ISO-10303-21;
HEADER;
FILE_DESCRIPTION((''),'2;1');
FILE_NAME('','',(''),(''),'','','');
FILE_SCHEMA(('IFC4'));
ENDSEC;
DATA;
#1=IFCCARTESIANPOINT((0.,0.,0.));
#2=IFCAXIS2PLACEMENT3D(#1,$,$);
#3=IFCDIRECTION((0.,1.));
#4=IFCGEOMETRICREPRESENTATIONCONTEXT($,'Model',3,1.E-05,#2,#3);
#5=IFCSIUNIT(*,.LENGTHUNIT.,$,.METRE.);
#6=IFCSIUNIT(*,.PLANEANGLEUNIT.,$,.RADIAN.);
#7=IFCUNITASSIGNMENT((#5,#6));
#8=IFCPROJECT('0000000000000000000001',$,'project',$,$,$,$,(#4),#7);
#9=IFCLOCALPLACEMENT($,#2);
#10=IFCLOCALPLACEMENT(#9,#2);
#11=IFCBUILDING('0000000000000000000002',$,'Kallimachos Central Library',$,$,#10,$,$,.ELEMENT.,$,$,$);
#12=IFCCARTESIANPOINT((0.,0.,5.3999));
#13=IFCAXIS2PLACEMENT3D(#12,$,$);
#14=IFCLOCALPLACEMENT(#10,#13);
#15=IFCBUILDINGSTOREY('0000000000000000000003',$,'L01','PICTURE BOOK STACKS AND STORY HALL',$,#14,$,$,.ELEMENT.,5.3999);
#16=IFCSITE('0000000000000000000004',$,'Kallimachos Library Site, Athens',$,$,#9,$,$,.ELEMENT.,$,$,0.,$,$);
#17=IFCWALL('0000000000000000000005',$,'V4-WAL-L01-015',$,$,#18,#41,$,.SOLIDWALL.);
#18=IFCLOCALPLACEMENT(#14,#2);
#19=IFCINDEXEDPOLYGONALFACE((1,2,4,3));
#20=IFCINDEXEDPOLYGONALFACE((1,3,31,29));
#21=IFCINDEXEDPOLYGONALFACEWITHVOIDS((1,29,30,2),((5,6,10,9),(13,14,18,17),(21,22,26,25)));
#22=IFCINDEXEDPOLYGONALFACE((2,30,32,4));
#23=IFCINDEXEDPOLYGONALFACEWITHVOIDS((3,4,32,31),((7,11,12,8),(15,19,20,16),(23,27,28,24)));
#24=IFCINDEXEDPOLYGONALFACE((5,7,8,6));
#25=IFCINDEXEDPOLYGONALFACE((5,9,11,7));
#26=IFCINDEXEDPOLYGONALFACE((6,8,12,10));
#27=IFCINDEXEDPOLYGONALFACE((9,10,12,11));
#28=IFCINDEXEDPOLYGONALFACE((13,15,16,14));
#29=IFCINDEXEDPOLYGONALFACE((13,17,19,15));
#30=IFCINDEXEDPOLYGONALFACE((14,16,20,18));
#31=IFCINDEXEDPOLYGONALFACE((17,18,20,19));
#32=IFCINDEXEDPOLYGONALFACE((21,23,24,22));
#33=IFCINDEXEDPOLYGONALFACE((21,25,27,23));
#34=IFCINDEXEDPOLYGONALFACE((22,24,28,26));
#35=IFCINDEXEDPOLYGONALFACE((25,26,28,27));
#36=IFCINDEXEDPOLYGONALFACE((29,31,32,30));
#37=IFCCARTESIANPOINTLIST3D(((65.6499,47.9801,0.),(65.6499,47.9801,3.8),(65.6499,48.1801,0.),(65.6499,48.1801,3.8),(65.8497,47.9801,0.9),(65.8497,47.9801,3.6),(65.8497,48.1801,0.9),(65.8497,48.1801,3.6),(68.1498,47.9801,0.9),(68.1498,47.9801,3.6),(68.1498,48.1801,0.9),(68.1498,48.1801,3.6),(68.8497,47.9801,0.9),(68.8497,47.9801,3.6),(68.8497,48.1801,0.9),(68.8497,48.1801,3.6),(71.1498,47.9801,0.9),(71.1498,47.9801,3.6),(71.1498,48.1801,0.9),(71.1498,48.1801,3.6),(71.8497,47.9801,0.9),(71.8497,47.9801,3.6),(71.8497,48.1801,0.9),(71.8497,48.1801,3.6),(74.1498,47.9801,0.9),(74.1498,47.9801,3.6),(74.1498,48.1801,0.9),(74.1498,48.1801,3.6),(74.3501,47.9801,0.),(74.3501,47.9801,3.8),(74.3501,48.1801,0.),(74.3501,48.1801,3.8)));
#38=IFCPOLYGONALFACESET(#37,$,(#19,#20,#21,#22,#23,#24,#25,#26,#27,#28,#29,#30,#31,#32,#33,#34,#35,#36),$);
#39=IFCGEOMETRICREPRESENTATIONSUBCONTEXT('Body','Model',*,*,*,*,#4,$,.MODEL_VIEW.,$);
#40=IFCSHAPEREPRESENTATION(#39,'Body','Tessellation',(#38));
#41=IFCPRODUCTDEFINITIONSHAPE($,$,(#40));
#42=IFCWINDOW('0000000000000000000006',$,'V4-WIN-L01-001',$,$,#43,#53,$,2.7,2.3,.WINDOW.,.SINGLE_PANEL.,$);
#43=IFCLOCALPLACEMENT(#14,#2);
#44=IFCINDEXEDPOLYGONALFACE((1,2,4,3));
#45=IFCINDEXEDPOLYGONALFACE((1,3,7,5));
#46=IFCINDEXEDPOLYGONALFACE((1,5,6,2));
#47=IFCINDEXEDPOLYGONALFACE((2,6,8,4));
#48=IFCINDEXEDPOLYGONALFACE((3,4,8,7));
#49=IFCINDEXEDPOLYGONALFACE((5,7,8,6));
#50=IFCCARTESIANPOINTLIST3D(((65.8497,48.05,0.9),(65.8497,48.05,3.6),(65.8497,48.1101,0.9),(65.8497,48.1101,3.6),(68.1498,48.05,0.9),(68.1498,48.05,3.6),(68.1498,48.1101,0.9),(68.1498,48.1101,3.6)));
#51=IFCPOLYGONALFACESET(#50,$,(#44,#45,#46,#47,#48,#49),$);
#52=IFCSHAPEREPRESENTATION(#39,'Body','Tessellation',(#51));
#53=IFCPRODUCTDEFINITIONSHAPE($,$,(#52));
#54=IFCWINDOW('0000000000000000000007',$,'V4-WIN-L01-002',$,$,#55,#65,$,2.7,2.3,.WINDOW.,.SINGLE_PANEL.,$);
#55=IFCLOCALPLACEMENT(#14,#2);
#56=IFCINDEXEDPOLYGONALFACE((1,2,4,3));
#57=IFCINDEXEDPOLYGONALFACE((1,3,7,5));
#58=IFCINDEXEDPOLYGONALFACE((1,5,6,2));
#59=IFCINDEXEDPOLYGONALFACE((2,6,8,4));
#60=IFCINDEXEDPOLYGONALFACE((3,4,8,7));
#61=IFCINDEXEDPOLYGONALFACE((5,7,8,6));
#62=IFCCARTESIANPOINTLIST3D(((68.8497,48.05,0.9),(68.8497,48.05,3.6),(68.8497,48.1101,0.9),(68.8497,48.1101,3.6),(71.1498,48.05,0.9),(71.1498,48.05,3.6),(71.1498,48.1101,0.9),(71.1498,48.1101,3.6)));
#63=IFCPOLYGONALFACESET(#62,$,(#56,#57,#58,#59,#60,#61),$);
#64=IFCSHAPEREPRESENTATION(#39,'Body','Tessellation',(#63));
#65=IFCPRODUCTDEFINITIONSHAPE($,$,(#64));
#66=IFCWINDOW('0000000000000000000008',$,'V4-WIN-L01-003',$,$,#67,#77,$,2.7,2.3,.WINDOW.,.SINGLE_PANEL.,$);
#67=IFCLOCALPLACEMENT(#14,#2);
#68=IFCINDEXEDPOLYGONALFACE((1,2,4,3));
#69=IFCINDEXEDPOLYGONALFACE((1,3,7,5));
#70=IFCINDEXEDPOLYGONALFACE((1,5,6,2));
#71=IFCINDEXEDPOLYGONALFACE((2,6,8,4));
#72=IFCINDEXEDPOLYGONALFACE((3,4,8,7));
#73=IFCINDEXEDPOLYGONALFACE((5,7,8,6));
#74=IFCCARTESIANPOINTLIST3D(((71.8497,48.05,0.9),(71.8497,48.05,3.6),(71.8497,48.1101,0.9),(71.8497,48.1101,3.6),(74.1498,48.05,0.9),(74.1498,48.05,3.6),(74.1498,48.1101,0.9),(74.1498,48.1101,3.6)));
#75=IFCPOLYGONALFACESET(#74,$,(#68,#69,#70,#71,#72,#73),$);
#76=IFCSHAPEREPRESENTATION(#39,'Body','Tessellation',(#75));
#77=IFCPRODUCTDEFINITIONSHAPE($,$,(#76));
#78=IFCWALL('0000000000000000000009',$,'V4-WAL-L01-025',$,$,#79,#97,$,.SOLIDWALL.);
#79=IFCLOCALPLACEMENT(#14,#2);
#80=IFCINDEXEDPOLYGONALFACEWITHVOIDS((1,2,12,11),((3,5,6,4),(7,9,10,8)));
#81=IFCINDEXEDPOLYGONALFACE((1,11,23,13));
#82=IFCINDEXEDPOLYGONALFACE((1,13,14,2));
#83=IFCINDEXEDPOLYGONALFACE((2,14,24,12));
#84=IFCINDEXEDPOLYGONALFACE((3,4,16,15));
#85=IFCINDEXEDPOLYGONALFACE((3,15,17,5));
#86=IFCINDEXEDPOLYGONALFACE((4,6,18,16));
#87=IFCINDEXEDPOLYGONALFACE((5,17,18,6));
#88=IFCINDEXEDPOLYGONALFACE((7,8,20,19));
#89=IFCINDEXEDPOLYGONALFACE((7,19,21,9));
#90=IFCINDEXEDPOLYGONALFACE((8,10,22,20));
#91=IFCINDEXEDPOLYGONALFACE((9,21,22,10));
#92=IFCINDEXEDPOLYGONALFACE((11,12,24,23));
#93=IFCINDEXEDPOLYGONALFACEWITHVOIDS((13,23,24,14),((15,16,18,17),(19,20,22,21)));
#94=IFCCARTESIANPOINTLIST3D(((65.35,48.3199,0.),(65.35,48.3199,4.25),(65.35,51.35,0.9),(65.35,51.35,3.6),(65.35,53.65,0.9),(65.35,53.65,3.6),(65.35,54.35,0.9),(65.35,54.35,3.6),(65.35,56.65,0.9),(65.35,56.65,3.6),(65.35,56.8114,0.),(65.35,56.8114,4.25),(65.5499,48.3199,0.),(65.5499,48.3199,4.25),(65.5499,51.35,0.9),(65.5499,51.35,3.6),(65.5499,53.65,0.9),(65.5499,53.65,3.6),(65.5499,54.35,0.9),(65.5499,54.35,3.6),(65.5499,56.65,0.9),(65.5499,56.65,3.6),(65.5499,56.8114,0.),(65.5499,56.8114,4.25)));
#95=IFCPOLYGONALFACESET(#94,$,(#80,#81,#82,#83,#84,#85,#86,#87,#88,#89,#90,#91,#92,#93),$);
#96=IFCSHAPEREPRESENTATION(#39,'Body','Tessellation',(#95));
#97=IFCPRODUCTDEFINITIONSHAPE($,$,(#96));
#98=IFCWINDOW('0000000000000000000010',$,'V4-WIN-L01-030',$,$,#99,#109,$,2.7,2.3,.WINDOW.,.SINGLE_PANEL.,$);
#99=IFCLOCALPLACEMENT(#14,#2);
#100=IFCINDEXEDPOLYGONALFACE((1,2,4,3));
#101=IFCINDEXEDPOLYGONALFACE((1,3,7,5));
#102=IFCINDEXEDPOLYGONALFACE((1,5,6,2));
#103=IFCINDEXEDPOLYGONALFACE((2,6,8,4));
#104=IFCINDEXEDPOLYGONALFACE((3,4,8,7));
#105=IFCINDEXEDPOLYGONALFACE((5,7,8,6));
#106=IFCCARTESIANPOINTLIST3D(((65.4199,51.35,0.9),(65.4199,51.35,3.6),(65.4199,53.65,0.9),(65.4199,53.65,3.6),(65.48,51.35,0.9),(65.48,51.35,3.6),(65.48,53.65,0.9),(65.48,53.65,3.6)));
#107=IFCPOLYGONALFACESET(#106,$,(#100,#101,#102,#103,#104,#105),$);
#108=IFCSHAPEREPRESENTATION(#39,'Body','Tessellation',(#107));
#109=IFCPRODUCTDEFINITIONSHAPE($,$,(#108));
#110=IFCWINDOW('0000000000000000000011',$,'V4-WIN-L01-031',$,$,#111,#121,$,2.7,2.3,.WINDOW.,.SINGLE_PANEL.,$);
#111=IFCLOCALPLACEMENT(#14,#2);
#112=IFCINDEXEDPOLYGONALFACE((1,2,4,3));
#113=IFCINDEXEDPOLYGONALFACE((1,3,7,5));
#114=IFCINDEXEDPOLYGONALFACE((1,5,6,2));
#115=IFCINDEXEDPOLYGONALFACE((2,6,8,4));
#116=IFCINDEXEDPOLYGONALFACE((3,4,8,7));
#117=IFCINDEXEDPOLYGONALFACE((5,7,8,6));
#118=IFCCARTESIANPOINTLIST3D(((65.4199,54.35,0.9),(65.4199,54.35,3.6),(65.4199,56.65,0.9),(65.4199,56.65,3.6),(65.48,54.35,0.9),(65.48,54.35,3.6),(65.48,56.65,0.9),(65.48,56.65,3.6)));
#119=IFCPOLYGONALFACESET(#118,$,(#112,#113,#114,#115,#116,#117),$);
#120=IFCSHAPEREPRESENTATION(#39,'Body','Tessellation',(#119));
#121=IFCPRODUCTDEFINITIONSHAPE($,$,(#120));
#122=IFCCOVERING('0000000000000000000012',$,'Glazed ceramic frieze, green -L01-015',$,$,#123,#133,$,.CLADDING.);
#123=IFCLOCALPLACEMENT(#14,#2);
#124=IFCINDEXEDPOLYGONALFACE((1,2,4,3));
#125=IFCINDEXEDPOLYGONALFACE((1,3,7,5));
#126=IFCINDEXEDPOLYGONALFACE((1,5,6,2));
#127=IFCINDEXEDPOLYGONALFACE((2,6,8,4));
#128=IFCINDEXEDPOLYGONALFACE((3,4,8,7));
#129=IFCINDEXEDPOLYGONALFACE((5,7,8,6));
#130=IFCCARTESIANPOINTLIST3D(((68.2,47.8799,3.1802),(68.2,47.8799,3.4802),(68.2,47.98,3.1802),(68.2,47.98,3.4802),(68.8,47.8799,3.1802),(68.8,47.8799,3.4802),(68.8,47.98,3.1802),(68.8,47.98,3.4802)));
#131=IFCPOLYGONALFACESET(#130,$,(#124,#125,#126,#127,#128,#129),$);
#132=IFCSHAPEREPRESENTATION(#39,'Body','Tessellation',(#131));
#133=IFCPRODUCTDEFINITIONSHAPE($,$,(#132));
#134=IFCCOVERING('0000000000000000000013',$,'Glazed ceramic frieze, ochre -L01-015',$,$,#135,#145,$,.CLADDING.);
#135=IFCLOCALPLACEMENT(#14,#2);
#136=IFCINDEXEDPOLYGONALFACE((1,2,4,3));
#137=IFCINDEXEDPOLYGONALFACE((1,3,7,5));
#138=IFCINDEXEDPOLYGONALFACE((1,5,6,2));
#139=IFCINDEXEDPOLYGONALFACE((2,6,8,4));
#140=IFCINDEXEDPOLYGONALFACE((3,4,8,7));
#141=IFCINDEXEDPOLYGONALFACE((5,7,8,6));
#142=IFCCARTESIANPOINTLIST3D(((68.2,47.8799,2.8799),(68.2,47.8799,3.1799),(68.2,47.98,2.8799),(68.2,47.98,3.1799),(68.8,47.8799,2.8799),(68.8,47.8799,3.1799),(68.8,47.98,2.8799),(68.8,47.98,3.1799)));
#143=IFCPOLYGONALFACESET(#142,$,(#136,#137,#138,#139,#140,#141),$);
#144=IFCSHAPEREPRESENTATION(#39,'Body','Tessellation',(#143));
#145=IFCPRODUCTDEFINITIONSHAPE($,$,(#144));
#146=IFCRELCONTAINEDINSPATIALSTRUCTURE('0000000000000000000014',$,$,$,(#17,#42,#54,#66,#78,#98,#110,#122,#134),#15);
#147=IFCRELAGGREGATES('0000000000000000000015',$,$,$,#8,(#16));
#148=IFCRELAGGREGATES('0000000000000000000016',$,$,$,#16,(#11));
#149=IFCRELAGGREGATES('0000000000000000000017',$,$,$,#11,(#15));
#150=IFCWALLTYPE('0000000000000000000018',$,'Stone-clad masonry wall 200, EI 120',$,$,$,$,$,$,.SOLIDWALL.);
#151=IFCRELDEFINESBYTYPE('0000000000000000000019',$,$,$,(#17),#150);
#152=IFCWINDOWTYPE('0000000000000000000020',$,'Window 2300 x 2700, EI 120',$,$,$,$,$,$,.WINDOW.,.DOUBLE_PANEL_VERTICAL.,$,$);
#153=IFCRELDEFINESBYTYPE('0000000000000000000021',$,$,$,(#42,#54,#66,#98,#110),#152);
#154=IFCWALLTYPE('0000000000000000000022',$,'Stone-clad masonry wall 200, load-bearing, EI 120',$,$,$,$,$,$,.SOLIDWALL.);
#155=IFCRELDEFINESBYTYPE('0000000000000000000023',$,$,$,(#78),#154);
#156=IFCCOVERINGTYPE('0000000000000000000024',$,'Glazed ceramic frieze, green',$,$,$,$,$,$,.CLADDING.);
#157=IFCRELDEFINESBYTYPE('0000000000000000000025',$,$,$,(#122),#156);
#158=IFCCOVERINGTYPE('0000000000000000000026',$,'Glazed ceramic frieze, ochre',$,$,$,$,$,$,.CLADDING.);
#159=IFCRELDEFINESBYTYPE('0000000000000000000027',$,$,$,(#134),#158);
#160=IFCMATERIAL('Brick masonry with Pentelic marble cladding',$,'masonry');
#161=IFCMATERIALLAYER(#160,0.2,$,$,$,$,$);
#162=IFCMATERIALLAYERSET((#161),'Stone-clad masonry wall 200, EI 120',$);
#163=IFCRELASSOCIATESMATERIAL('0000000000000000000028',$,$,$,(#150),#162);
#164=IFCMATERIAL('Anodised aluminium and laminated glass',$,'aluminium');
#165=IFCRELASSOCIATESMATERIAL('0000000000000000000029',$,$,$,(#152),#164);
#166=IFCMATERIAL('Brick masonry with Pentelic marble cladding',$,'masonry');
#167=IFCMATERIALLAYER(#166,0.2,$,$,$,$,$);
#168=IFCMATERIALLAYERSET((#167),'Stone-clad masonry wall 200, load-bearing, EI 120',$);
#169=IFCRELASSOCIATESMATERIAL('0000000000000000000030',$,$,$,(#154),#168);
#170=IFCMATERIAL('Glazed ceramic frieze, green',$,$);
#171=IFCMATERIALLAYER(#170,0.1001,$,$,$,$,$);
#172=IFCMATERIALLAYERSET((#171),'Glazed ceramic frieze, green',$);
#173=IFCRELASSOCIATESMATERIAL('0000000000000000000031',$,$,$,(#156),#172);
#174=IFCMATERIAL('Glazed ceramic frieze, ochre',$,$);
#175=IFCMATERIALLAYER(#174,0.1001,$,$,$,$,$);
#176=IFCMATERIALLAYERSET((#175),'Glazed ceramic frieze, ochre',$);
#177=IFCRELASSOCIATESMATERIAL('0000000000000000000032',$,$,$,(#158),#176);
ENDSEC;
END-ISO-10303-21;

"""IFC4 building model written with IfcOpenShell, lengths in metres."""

from ifc_helpers import new_model, si_unit, direction, frame, frame_2d, origin, origin_2d, place, context, subcontext, project, spatial, rectangle, extrude, material, layer, layer_set, type_object, element, fill, save


model = new_model("IFC4")

# Units and contexts
model_context = context("Model", 3, precision=1e-05, world=origin(), true_north=direction((0.0, 1.0)))
body_context = subcontext(model_context, "Body", "Model", "MODEL_VIEW")
ifc_project = project(units=[si_unit("LENGTHUNIT", "METRE"), si_unit("PLANEANGLEUNIT", "RADIAN")], contexts=[model_context])

# Site, building, storey
site_placement = place(None, origin())
site = spatial("IfcSite", under=ifc_project, at=site_placement, Name="Kallimachos Library Site, Athens", CompositionType="ELEMENT", RefElevation=0.0)
building_placement = place(site_placement, origin())
building = spatial("IfcBuilding", under=site, at=building_placement, Name="Kallimachos Central Library", CompositionType="ELEMENT")
storey_placement = place(building_placement, frame((0.0, 0.0, 5.3999)))
storey = spatial("IfcBuildingStorey", under=building, at=storey_placement, Name="L01", Description="PICTURE BOOK STACKS AND STORY HALL", CompositionType="ELEMENT", Elevation=5.3999)

# Walls, openings, windows
ifc_material_1 = material(Name="Brick masonry with Pentelic marble cladding", Category="masonry")
ifc_layer_1 = layer(ifc_material_1, 0.2)
ifc_layer_set_1 = layer_set([ifc_layer_1], Name="Stone-clad masonry wall 200, EI 120")
wall_type_1 = type_object("IfcWallType", Name="Stone-clad masonry wall 200, EI 120", PredefinedType="SOLIDWALL", material=ifc_layer_set_1)
wall_1_placement = place(storey_placement, frame((65.6499, 48.0801, 0.0), z_axis=(0.0, 0.0, 1.0), x_axis=(1.0, 0.0, 0.0)))
wall_1 = element("IfcWall", 1, at=wall_1_placement, inside=storey, type_object=wall_type_1, Name="V4-WAL-L01-015", PredefinedType="SOLIDWALL", context=body_context, shape_type="SweptSolid", body=[
    extrude(rectangle(XDim=8.7002, YDim=0.2, at=frame_2d((4.3501, 0.0))), origin(), (0.0, 0.0, 1.0), 3.8),
])
opening_1_placement = place(wall_1_placement, frame((0.2, 0.0, 0.8999)))
opening_1 = element("IfcOpeningElement", 2, at=opening_1_placement, cuts=wall_1, PredefinedType="OPENING", context=body_context, shape_type="SweptSolid", body=[
    extrude(rectangle(XDim=2.3, YDim=2.7, at=frame_2d((1.1499, 1.3501))), frame((0.0, 0.1099, 0.0), z_axis=(0.0, -1.0, 0.0), x_axis=(1.0, 0.0, 0.0)), (0.0, 0.0, 1.0), 0.22),
])
opening_2_placement = place(wall_1_placement, frame((3.2, 0.0, 0.8999)))
opening_2 = element("IfcOpeningElement", 3, at=opening_2_placement, cuts=wall_1, PredefinedType="OPENING", context=body_context, shape_type="SweptSolid", body=[
    extrude(rectangle(XDim=2.3, YDim=2.7, at=frame_2d((1.1499, 1.3501))), frame((0.0, 0.1099, 0.0), z_axis=(0.0, -1.0, 0.0), x_axis=(1.0, 0.0, 0.0)), (0.0, 0.0, 1.0), 0.22),
])
opening_3_placement = place(wall_1_placement, frame((6.2, 0.0, 0.8999)))
opening_3 = element("IfcOpeningElement", 4, at=opening_3_placement, cuts=wall_1, PredefinedType="OPENING", context=body_context, shape_type="SweptSolid", body=[
    extrude(rectangle(XDim=2.3, YDim=2.7, at=frame_2d((1.1499, 1.3501))), frame((0.0, 0.1099, 0.0), z_axis=(0.0, -1.0, 0.0), x_axis=(1.0, 0.0, 0.0)), (0.0, 0.0, 1.0), 0.22),
])
ifc_material_2 = material(Name="Anodised aluminium and laminated glass", Category="aluminium")
window_type = type_object("IfcWindowType", Name="Window 2300 x 2700, EI 120", PartitioningType="DOUBLE_PANEL_VERTICAL", PredefinedType="WINDOW", material=ifc_material_2)
window_1_placement = place(opening_1_placement, origin())
window_1 = element("IfcWindow", 5, at=window_1_placement, inside=storey, type_object=window_type, Name="V4-WIN-L01-001", OverallHeight=2.7, OverallWidth=2.3, PartitioningType="SINGLE_PANEL", PredefinedType="WINDOW", context=body_context, shape_type="SweptSolid", body=[
    extrude(rectangle(XDim=2.3, YDim=2.7, at=frame_2d((1.1499, 1.3501))), frame((0.0, 0.03, 0.0), z_axis=(0.0, -1.0, 0.0), x_axis=(1.0, 0.0, 0.0)), (0.0, 0.0, 1.0), 0.0601),
])
fill(opening_1, window_1)
window_2_placement = place(opening_2_placement, origin())
window_2 = element("IfcWindow", 6, at=window_2_placement, inside=storey, type_object=window_type, Name="V4-WIN-L01-002", OverallHeight=2.7, OverallWidth=2.3, PartitioningType="SINGLE_PANEL", PredefinedType="WINDOW", context=body_context, shape_type="SweptSolid", body=[
    extrude(rectangle(XDim=2.3, YDim=2.7, at=frame_2d((1.1499, 1.3501))), frame((0.0, 0.03, 0.0), z_axis=(0.0, -1.0, 0.0), x_axis=(1.0, 0.0, 0.0)), (0.0, 0.0, 1.0), 0.0601),
])
fill(opening_2, window_2)
window_3_placement = place(opening_3_placement, origin())
window_3 = element("IfcWindow", 7, at=window_3_placement, inside=storey, type_object=window_type, Name="V4-WIN-L01-003", OverallHeight=2.7, OverallWidth=2.3, PartitioningType="SINGLE_PANEL", PredefinedType="WINDOW", context=body_context, shape_type="SweptSolid", body=[
    extrude(rectangle(XDim=2.3, YDim=2.7, at=frame_2d((1.1499, 1.3501))), frame((0.0, 0.03, 0.0), z_axis=(0.0, -1.0, 0.0), x_axis=(1.0, 0.0, 0.0)), (0.0, 0.0, 1.0), 0.0601),
])
fill(opening_3, window_3)
ifc_material_3 = material(Name="Brick masonry with Pentelic marble cladding", Category="masonry")
ifc_layer_2 = layer(ifc_material_3, 0.2)
ifc_layer_set_2 = layer_set([ifc_layer_2], Name="Stone-clad masonry wall 200, load-bearing, EI 120")
wall_type_2 = type_object("IfcWallType", Name="Stone-clad masonry wall 200, load-bearing, EI 120", PredefinedType="SOLIDWALL", material=ifc_layer_set_2)
wall_2_placement = place(storey_placement, frame((65.45, 48.3201, 0.0), z_axis=(0.0, 0.0, 1.0), x_axis=(0.0, 1.0, 0.0)))
wall_2 = element("IfcWall", 8, at=wall_2_placement, inside=storey, type_object=wall_type_2, Name="V4-WAL-L01-025", PredefinedType="SOLIDWALL", context=body_context, shape_type="SweptSolid", body=[
    extrude(rectangle(XDim=8.4915, YDim=0.2, at=frame_2d((4.2456, 0.0))), origin(), (0.0, 0.0, 1.0), 4.25),
])
opening_4_placement = place(wall_2_placement, frame((3.03, 0.0, 0.8999)))
opening_4 = element("IfcOpeningElement", 9, at=opening_4_placement, cuts=wall_2, PredefinedType="OPENING", context=body_context, shape_type="SweptSolid", body=[
    extrude(rectangle(XDim=2.3, YDim=2.7, at=frame_2d((1.1499, 1.3501))), frame((0.0, 0.1099, 0.0), z_axis=(0.0, -1.0, 0.0), x_axis=(1.0, 0.0, 0.0)), (0.0, 0.0, 1.0), 0.22),
])
opening_5_placement = place(wall_2_placement, frame((6.03, 0.0, 0.8999)))
opening_5 = element("IfcOpeningElement", 10, at=opening_5_placement, cuts=wall_2, PredefinedType="OPENING", context=body_context, shape_type="SweptSolid", body=[
    extrude(rectangle(XDim=2.3, YDim=2.7, at=frame_2d((1.1499, 1.3501))), frame((0.0, 0.1099, 0.0), z_axis=(0.0, -1.0, 0.0), x_axis=(1.0, 0.0, 0.0)), (0.0, 0.0, 1.0), 0.22),
])
window_4_placement = place(opening_4_placement, origin())
window_4 = element("IfcWindow", 11, at=window_4_placement, inside=storey, type_object=window_type, Name="V4-WIN-L01-030", OverallHeight=2.7, OverallWidth=2.3, PartitioningType="SINGLE_PANEL", PredefinedType="WINDOW", context=body_context, shape_type="SweptSolid", body=[
    extrude(rectangle(XDim=2.3, YDim=2.7, at=frame_2d((1.1499, 1.3501))), frame((0.0, 0.03, 0.0), z_axis=(0.0, -1.0, 0.0), x_axis=(1.0, 0.0, 0.0)), (0.0, 0.0, 1.0), 0.0601),
])
fill(opening_4, window_4)
window_5_placement = place(opening_5_placement, origin())
window_5 = element("IfcWindow", 12, at=window_5_placement, inside=storey, type_object=window_type, Name="V4-WIN-L01-031", OverallHeight=2.7, OverallWidth=2.3, PartitioningType="SINGLE_PANEL", PredefinedType="WINDOW", context=body_context, shape_type="SweptSolid", body=[
    extrude(rectangle(XDim=2.3, YDim=2.7, at=frame_2d((1.1499, 1.3501))), frame((0.0, 0.03, 0.0), z_axis=(0.0, -1.0, 0.0), x_axis=(1.0, 0.0, 0.0)), (0.0, 0.0, 1.0), 0.0601),
])
fill(opening_5, window_5)

# Coverings
ifc_material_4 = material(Name="Glazed ceramic frieze, green")
ifc_layer_3 = layer(ifc_material_4, 0.1001)
ifc_layer_set_3 = layer_set([ifc_layer_3], Name="Glazed ceramic frieze, green")
covering_type_1 = type_object("IfcCoveringType", Name="Glazed ceramic frieze, green", PredefinedType="CLADDING", material=ifc_layer_set_3)
covering_1_placement = place(storey_placement, frame((68.5, 47.9299, 3.1802), z_axis=(0.0, 0.0, 1.0), x_axis=(1.0, 0.0, 0.0)))
element("IfcCovering", 13, at=covering_1_placement, inside=storey, type_object=covering_type_1, Name="Glazed ceramic frieze, green -L01-015", PredefinedType="CLADDING", context=body_context, shape_type="SweptSolid", body=[
    extrude(rectangle(XDim=0.6001, YDim=0.1001, at=origin_2d()), origin(), (0.0, 0.0, 1.0), 0.3),
])
ifc_material_5 = material(Name="Glazed ceramic frieze, ochre")
ifc_layer_4 = layer(ifc_material_5, 0.1001)
ifc_layer_set_4 = layer_set([ifc_layer_4], Name="Glazed ceramic frieze, ochre")
covering_type_2 = type_object("IfcCoveringType", Name="Glazed ceramic frieze, ochre", PredefinedType="CLADDING", material=ifc_layer_set_4)
covering_2_placement = place(storey_placement, frame((68.5, 47.9299, 2.8799), z_axis=(0.0, 0.0, 1.0), x_axis=(1.0, 0.0, 0.0)))
element("IfcCovering", 14, at=covering_2_placement, inside=storey, type_object=covering_type_2, Name="Glazed ceramic frieze, ochre -L01-015", PredefinedType="CLADDING", context=body_context, shape_type="SweptSolid", body=[
    extrude(rectangle(XDim=0.6001, YDim=0.1001, at=origin_2d()), origin(), (0.0, 0.0, 1.0), 0.3),
])

save(model, "model.ifc")
